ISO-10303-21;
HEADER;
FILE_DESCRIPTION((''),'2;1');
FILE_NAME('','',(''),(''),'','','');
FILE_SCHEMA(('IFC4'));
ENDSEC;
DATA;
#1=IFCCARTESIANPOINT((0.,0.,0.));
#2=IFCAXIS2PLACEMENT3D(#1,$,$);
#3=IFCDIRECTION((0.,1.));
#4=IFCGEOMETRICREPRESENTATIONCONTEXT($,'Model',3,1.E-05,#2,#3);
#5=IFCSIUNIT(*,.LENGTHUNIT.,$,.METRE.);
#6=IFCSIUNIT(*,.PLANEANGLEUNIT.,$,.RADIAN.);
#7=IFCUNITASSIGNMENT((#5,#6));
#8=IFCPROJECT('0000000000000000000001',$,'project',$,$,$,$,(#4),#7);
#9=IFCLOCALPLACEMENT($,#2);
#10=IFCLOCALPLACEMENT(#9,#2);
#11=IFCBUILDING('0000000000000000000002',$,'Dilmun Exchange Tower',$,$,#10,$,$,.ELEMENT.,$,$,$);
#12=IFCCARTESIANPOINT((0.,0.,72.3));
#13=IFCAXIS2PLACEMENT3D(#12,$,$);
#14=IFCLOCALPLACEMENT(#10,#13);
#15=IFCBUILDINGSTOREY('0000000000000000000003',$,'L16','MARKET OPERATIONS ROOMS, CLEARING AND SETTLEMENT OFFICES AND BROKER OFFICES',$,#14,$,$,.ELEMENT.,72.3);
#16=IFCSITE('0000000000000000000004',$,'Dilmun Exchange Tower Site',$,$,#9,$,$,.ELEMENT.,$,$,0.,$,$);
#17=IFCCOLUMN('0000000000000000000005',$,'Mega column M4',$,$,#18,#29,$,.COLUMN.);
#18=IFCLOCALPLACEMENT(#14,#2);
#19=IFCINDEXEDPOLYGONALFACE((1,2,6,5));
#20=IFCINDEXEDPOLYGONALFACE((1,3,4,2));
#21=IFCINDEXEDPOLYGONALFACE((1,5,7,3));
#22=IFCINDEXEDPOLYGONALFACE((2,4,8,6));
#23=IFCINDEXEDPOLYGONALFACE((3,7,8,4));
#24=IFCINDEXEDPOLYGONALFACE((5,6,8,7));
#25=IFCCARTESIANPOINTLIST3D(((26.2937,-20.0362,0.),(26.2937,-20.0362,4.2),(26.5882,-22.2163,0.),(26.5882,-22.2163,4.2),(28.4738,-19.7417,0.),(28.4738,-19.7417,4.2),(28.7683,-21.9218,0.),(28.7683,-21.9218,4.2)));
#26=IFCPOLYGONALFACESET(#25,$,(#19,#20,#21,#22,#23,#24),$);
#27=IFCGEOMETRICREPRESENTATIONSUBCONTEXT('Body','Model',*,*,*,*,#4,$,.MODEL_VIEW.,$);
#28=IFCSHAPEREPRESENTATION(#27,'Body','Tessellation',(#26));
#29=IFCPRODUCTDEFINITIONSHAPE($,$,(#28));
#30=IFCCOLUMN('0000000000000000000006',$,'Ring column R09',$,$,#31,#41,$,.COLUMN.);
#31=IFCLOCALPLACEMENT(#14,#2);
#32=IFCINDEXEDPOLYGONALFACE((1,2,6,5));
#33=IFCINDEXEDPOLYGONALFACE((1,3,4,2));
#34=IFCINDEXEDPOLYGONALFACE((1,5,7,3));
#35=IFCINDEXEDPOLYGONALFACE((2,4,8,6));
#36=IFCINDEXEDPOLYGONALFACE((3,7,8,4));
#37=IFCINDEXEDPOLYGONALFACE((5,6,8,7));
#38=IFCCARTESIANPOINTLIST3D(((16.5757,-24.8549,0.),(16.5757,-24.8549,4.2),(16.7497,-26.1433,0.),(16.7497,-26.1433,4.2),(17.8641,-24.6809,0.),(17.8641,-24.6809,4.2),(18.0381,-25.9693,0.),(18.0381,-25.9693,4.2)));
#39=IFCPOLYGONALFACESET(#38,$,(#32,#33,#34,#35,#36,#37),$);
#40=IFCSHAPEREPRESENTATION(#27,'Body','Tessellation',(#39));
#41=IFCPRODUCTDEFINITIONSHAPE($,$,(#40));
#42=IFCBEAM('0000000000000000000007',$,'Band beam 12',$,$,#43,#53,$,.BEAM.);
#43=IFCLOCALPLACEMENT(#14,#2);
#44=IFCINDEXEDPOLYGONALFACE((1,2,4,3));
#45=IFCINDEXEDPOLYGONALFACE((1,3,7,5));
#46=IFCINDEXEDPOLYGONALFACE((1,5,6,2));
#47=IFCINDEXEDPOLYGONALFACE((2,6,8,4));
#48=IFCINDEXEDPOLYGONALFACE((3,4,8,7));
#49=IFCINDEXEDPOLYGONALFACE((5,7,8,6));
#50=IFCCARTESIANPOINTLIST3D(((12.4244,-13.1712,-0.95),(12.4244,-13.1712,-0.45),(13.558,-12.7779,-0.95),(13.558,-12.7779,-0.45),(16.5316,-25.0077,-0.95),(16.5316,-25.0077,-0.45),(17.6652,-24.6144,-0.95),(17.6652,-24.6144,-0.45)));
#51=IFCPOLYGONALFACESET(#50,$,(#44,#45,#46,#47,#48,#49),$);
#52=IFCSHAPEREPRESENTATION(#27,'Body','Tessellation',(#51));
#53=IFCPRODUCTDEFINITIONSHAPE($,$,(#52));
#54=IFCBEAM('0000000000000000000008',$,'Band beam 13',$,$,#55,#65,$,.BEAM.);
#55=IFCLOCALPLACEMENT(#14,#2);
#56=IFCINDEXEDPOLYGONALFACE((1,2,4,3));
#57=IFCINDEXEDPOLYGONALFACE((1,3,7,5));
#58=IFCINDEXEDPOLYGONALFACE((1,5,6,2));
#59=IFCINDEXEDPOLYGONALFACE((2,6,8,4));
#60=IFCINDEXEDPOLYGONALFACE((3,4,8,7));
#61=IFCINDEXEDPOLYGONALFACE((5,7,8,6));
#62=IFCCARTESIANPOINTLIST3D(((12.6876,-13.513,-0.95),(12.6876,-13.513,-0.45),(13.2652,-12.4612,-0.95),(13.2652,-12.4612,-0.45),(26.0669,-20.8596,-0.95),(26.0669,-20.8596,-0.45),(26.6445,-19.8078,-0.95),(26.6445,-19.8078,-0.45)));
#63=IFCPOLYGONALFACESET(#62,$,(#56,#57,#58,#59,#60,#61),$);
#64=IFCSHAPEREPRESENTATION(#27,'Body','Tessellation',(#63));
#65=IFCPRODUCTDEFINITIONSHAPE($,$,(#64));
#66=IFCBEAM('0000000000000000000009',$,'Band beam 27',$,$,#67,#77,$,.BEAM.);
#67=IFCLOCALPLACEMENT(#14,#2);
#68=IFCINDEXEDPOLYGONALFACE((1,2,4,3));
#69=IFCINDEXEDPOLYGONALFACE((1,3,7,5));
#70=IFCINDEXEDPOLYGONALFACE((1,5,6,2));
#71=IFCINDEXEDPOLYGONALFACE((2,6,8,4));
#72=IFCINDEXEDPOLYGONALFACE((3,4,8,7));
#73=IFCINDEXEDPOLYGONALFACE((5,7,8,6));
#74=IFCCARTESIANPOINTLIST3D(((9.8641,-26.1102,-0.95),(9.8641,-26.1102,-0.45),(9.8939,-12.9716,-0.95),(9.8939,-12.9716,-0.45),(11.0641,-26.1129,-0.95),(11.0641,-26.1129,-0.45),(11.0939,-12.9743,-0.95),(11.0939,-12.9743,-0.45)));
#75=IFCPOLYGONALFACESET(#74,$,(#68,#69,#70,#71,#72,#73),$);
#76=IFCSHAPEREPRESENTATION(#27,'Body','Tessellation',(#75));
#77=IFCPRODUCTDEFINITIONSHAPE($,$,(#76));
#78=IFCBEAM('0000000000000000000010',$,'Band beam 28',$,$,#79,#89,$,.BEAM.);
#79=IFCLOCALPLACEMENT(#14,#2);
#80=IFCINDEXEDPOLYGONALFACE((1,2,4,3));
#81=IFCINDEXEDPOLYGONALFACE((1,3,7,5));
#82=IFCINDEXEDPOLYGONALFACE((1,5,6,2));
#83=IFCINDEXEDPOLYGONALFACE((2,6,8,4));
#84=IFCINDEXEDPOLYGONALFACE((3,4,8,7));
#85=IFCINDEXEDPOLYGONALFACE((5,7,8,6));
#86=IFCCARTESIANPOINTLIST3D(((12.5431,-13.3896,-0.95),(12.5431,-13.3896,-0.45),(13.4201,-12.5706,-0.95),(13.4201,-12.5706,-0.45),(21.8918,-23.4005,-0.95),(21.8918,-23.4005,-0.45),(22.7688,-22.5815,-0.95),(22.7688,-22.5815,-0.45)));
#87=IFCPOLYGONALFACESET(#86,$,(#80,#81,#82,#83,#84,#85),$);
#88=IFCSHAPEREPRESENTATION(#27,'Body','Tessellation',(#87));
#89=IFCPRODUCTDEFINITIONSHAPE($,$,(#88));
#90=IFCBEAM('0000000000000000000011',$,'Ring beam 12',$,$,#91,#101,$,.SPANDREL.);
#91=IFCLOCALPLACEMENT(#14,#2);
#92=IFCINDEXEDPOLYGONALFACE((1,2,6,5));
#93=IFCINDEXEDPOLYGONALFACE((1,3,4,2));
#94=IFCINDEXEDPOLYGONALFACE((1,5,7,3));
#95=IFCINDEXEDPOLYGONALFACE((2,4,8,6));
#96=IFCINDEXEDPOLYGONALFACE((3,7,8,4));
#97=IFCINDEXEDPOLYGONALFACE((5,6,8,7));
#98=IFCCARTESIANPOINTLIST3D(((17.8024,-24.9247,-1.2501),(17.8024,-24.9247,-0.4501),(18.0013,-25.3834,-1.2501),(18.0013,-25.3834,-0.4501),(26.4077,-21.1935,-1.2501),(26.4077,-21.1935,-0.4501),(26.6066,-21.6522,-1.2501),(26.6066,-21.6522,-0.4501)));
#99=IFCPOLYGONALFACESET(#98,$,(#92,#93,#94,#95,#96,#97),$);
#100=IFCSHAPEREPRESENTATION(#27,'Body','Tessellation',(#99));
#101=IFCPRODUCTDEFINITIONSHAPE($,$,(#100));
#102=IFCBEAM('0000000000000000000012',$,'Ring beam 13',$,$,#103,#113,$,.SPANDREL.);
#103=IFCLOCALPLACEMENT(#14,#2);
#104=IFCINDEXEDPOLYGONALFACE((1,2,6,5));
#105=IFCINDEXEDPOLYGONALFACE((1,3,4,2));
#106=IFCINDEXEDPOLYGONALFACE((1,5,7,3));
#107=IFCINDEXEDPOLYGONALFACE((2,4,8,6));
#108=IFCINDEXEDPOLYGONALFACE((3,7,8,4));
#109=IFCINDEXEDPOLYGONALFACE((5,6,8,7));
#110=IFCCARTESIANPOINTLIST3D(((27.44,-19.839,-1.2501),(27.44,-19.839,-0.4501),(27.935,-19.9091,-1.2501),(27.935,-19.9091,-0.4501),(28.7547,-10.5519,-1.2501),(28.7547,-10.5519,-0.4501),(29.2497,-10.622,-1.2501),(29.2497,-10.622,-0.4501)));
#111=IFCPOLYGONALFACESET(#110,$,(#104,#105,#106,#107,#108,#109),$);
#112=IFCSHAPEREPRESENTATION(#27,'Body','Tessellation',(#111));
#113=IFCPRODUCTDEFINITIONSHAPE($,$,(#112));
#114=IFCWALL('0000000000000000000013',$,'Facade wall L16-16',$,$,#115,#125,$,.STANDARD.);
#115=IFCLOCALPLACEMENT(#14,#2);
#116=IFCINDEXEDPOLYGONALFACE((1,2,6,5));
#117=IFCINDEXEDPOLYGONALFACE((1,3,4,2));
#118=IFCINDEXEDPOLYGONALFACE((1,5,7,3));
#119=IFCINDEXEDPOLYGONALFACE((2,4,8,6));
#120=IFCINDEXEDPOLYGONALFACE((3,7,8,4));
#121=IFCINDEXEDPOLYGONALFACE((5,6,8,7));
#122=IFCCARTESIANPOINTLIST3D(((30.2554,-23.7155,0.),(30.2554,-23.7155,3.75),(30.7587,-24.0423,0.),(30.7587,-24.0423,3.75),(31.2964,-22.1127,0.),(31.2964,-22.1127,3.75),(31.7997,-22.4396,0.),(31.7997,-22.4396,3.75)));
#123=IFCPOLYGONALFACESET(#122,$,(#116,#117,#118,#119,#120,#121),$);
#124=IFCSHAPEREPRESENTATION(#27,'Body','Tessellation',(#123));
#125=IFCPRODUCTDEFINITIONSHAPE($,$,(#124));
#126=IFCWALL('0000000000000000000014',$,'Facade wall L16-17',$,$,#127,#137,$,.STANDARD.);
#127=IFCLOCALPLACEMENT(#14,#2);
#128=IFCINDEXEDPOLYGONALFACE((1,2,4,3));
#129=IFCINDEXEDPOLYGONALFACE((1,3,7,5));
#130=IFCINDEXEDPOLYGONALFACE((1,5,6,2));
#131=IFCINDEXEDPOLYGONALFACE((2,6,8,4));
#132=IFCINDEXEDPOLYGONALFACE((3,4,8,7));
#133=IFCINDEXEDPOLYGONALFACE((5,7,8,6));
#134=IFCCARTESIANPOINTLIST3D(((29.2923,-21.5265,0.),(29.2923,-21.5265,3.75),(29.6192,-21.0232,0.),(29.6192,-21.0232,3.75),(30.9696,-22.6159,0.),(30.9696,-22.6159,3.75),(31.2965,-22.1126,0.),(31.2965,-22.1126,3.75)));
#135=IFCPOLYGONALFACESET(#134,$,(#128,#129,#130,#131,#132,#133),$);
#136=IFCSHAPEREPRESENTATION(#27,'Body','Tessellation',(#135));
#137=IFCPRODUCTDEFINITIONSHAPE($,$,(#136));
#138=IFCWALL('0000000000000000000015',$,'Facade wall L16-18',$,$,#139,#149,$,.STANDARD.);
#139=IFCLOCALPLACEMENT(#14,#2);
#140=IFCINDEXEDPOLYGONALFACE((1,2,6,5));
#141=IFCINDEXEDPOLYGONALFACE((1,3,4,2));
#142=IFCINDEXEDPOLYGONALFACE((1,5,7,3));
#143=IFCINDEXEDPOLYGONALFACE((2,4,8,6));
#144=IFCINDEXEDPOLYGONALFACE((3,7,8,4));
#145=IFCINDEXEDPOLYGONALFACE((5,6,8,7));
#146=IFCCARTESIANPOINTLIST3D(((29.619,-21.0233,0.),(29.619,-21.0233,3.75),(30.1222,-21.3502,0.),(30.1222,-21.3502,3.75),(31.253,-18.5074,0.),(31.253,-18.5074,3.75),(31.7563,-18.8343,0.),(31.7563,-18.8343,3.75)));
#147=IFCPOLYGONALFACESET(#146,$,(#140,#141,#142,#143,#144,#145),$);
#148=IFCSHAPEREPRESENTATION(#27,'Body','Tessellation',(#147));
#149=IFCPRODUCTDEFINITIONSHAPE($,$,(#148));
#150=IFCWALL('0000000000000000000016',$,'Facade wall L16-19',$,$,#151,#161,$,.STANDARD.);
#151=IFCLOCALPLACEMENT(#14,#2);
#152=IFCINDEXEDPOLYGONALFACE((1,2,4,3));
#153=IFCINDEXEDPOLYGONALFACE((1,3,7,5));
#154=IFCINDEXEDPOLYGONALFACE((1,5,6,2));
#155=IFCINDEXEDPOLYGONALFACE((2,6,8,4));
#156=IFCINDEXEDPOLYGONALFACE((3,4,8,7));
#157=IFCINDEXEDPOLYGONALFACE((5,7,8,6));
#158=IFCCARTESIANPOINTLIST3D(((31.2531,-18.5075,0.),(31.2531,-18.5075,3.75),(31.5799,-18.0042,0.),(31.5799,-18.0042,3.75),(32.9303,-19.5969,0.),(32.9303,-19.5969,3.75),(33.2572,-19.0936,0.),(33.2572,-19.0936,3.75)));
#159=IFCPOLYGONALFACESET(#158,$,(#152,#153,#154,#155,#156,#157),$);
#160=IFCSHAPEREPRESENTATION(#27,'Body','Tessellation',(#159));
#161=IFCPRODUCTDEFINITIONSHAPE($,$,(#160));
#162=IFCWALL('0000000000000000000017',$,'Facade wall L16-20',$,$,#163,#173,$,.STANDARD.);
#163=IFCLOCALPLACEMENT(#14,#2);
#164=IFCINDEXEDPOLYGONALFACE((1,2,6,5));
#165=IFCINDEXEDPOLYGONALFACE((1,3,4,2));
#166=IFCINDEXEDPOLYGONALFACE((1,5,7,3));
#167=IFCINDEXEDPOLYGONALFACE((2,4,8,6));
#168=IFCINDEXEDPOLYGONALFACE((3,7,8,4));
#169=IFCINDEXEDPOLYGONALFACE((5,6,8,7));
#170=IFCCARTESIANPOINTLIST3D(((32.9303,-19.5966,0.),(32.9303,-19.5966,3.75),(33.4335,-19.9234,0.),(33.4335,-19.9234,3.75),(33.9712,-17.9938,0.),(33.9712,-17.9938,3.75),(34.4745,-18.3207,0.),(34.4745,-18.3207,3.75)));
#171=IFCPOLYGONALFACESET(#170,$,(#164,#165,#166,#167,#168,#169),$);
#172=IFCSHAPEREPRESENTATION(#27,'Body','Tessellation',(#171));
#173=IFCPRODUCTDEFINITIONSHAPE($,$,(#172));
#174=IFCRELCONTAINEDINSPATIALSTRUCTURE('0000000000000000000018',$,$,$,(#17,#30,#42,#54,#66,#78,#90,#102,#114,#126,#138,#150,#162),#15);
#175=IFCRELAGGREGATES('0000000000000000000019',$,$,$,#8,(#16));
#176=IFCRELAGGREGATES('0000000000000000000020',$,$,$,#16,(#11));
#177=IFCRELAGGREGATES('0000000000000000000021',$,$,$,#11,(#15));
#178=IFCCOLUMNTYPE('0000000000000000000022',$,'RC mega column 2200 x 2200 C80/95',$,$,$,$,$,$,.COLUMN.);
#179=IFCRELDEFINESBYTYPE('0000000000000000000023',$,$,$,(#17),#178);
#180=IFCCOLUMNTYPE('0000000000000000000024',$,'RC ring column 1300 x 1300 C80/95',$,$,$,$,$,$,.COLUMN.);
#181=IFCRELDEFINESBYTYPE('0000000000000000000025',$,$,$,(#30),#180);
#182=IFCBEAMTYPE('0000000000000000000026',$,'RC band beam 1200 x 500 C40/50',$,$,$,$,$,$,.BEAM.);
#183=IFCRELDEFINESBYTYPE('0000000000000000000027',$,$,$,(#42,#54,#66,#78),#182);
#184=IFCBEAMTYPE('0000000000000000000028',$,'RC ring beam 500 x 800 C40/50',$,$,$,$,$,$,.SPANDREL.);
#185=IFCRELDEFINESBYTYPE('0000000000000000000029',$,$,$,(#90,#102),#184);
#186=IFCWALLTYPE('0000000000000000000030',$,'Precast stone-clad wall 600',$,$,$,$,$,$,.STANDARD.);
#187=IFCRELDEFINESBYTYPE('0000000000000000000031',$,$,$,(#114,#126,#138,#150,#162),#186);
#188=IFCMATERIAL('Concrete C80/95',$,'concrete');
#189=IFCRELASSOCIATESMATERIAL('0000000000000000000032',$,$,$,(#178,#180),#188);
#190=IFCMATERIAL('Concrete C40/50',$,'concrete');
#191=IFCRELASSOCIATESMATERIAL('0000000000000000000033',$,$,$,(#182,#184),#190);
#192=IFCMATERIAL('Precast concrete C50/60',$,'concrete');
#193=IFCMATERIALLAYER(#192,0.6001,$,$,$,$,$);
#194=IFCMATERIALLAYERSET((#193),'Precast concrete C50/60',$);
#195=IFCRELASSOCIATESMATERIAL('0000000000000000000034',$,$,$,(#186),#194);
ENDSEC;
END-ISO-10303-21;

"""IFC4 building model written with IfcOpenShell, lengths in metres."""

from ifc_helpers import new_model, si_unit, direction, frame, frame_2d, origin, origin_2d, place, context, subcontext, project, spatial, rectangle, extrude, material, layer, layer_set, material_profile, profile_set, type_object, element, save


model = new_model("IFC4")

# Units and contexts
model_context = context("Model", 3, precision=1e-05, world=origin(), true_north=direction((0.0, 1.0)))
body_context = subcontext(model_context, "Body", "Model", "MODEL_VIEW")
ifc_project = project(units=[si_unit("LENGTHUNIT", "METRE"), si_unit("PLANEANGLEUNIT", "RADIAN")], contexts=[model_context])

# Site, building, storey
site_placement = place(None, origin())
site = spatial("IfcSite", under=ifc_project, at=site_placement, Name="Dilmun Exchange Tower Site", CompositionType="ELEMENT", RefElevation=0.0)
building_placement = place(site_placement, origin())
building = spatial("IfcBuilding", under=site, at=building_placement, Name="Dilmun Exchange Tower", CompositionType="ELEMENT")
storey_placement = place(building_placement, frame((0.0, 0.0, 72.3)))
storey = spatial("IfcBuildingStorey", under=building, at=storey_placement, Name="L16", Description="MARKET OPERATIONS ROOMS, CLEARING AND SETTLEMENT OFFICES AND BROKER OFFICES", CompositionType="ELEMENT", Elevation=72.3)

# Columns
ifc_material_1 = material(Name="Concrete C80/95", Category="concrete")
ifc_material_profile_1 = material_profile(ifc_material_1, rectangle(XDim=2.2, YDim=2.2, at=origin_2d()), Name="2200 x 2200")
ifc_profile_set_1 = profile_set([ifc_material_profile_1], Name="Concrete C80/95")
column_type_1 = type_object("IfcColumnType", Name="RC mega column 2200 x 2200 C80/95", PredefinedType="COLUMN", material=ifc_profile_set_1)
column_1_placement = place(storey_placement, frame((27.531, -20.979, 0.0), z_axis=(0.0, 0.0, 1.0), x_axis=(0.991001, 0.133853, 0.0)))
element("IfcColumn", 1, at=column_1_placement, inside=storey, type_object=column_type_1, Name="Mega column M4", PredefinedType="COLUMN", context=body_context, shape_type="SweptSolid", body=[
    extrude(rectangle(XDim=2.2, YDim=2.2, at=origin_2d()), origin(), (0.0, 0.0, 1.0), 4.2),
])
ifc_material_profile_2 = material_profile(ifc_material_1, rectangle(XDim=1.3, YDim=1.3, at=origin_2d()), Name="1300 x 1300")
ifc_profile_set_2 = profile_set([ifc_material_profile_2], Name="Concrete C80/95")
column_type_2 = type_object("IfcColumnType", Name="RC ring column 1300 x 1300 C80/95", PredefinedType="COLUMN", material=ifc_profile_set_2)
column_2_placement = place(storey_placement, frame((17.3069, -25.4121, 0.0), z_axis=(0.0, 0.0, 1.0), x_axis=(0.991001, 0.133853, 0.0)))
element("IfcColumn", 2, at=column_2_placement, inside=storey, type_object=column_type_2, Name="Ring column R09", PredefinedType="COLUMN", context=body_context, shape_type="SweptSolid", body=[
    extrude(rectangle(XDim=1.3, YDim=1.3, at=origin_2d()), origin(), (0.0, 0.0, 1.0), 4.2),
])

# Beams
ifc_material_2 = material(Name="Concrete C40/50", Category="concrete")
ifc_material_profile_3 = material_profile(ifc_material_2, rectangle(XDim=1.2, YDim=0.5, at=origin_2d()), Name="1200 x 500")
ifc_profile_set_3 = profile_set([ifc_material_profile_3], Name="Concrete C40/50")
beam_type_1 = type_object("IfcBeamType", Name="RC band beam 1200 x 500 C40/50", PredefinedType="BEAM", material=ifc_profile_set_3)
beam_1_placement = place(storey_placement, frame((17.0984, -24.811, -0.7), z_axis=(-0.32782, 0.94474, 0.0), x_axis=(-0.94474, -0.32782, 0.0)))
element("IfcBeam", 3, at=beam_1_placement, inside=storey, type_object=beam_type_1, Name="Band beam 12", PredefinedType="BEAM", context=body_context, shape_type="SweptSolid", body=[
    extrude(rectangle(XDim=1.2, YDim=0.5, at=origin_2d()), origin(), (0.0, 0.0, 1.0), 12.5288),
])
beam_2_placement = place(storey_placement, frame((26.3557, -20.3337, -0.7), z_axis=(-0.876547, 0.481316, 0.0), x_axis=(-0.481316, -0.876547, 0.0)))
element("IfcBeam", 4, at=beam_2_placement, inside=storey, type_object=beam_type_1, Name="Band beam 13", PredefinedType="BEAM", context=body_context, shape_type="SweptSolid", body=[
    extrude(rectangle(XDim=1.2, YDim=0.5, at=origin_2d()), origin(), (0.0, 0.0, 1.0), 15.2637),
])
beam_3_placement = place(storey_placement, frame((10.4641, -26.1116, -0.7), z_axis=(0.002267, 0.999997, 0.0), x_axis=(-0.999997, 0.002267, 0.0)))
element("IfcBeam", 5, at=beam_3_placement, inside=storey, type_object=beam_type_1, Name="Band beam 27", PredefinedType="BEAM", context=body_context, shape_type="SweptSolid", body=[
    extrude(rectangle(XDim=1.2, YDim=0.5, at=origin_2d()), origin(), (0.0, 0.0, 1.0), 13.1387),
])
beam_4_placement = place(storey_placement, frame((22.3303, -22.991, -0.7), z_axis=(-0.682524, 0.730863, 0.0), x_axis=(-0.730863, -0.682524, 0.0)))
element("IfcBeam", 6, at=beam_4_placement, inside=storey, type_object=beam_type_1, Name="Band beam 28", PredefinedType="BEAM", context=body_context, shape_type="SweptSolid", body=[
    extrude(rectangle(XDim=1.2, YDim=0.5, at=origin_2d()), origin(), (0.0, 0.0, 1.0), 13.6973),
])
ifc_material_profile_4 = material_profile(ifc_material_2, rectangle(XDim=0.5, YDim=0.8, at=origin_2d()), Name="500 x 800")
ifc_profile_set_4 = profile_set([ifc_material_profile_4], Name="Concrete C40/50")
beam_type_2 = type_object("IfcBeamType", Name="RC ring beam 500 x 800 C40/50", PredefinedType="SPANDREL", material=ifc_profile_set_4)
beam_5_placement = place(storey_placement, frame((17.9019, -25.1541, -0.8501), z_axis=(0.917467, 0.397811, 0.0), x_axis=(-0.397811, 0.917467, 0.0)))
element("IfcBeam", 7, at=beam_5_placement, inside=storey, type_object=beam_type_2, Name="Ring beam 12", PredefinedType="SPANDREL", context=body_context, shape_type="SweptSolid", body=[
    extrude(rectangle(XDim=0.5, YDim=0.8, at=origin_2d()), origin(), (0.0, 0.0, 1.0), 9.3794),
])
beam_6_placement = place(storey_placement, frame((27.6875, -19.874, -0.8501), z_axis=(0.140164, 0.990128, 0.0), x_axis=(-0.990128, 0.140164, 0.0)))
element("IfcBeam", 8, at=beam_6_placement, inside=storey, type_object=beam_type_2, Name="Ring beam 13", PredefinedType="SPANDREL", context=body_context, shape_type="SweptSolid", body=[
    extrude(rectangle(XDim=0.5, YDim=0.8, at=origin_2d()), origin(), (0.0, 0.0, 1.0), 9.3796),
])

# Walls
ifc_material_3 = material(Name="Precast concrete C50/60", Category="concrete")
ifc_layer = layer(ifc_material_3, 0.6001)
ifc_layer_set = layer_set([ifc_layer], Name="Precast concrete C50/60")
wall_type = type_object("IfcWallType", Name="Precast stone-clad wall 600", PredefinedType="STANDARD", material=ifc_layer_set)
wall_1_placement = place(storey_placement, frame((30.5071, -23.8789, 0.0), z_axis=(0.0, 0.0, 1.0), x_axis=(0.544696, 0.838633, 0.0)))
element("IfcWall", 9, at=wall_1_placement, inside=storey, type_object=wall_type, Name="Facade wall L16-16", PredefinedType="STANDARD", context=body_context, shape_type="SweptSolid", body=[
    extrude(rectangle(XDim=1.9111, YDim=0.6001, at=frame_2d((0.9556, 0.0))), origin(), (0.0, 0.0, 1.0), 3.75),
])
wall_2_placement = place(storey_placement, frame((31.1331, -22.3643, 0.0), z_axis=(0.0, 0.0, 1.0), x_axis=(-0.838639, 0.544688, 0.0)))
element("IfcWall", 10, at=wall_2_placement, inside=storey, type_object=wall_type, Name="Facade wall L16-17", PredefinedType="STANDARD", context=body_context, shape_type="SweptSolid", body=[
    extrude(rectangle(XDim=2.0, YDim=0.6001, at=frame_2d((1.0, 0.0))), origin(), (0.0, 0.0, 1.0), 3.75),
])
wall_3_placement = place(storey_placement, frame((29.8706, -21.1868, 0.0), z_axis=(0.0, 0.0, 1.0), x_axis=(0.544688, 0.838639, 0.0)))
element("IfcWall", 11, at=wall_3_placement, inside=storey, type_object=wall_type, Name="Facade wall L16-18", PredefinedType="STANDARD", context=body_context, shape_type="SweptSolid", body=[
    extrude(rectangle(XDim=3.0, YDim=0.6001, at=frame_2d((1.5, 0.0))), origin(), (0.0, 0.0, 1.0), 3.75),
])
wall_4_placement = place(storey_placement, frame((31.4165, -18.2559, 0.0), z_axis=(0.0, 0.0, 1.0), x_axis=(0.838639, -0.544688, 0.0)))
element("IfcWall", 12, at=wall_4_placement, inside=storey, type_object=wall_type, Name="Facade wall L16-19", PredefinedType="STANDARD", context=body_context, shape_type="SweptSolid", body=[
    extrude(rectangle(XDim=2.0, YDim=0.6001, at=frame_2d((1.0, 0.0))), origin(), (0.0, 0.0, 1.0), 3.75),
])
wall_5_placement = place(storey_placement, frame((33.1819, -19.76, 0.0), z_axis=(0.0, 0.0, 1.0), x_axis=(0.544696, 0.838633, 0.0)))
element("IfcWall", 13, at=wall_5_placement, inside=storey, type_object=wall_type, Name="Facade wall L16-20", PredefinedType="STANDARD", context=body_context, shape_type="SweptSolid", body=[
    extrude(rectangle(XDim=1.9111, YDim=0.6001, at=frame_2d((0.9556, 0.0))), origin(), (0.0, 0.0, 1.0), 3.75),
])

save(model, "model.ifc")
